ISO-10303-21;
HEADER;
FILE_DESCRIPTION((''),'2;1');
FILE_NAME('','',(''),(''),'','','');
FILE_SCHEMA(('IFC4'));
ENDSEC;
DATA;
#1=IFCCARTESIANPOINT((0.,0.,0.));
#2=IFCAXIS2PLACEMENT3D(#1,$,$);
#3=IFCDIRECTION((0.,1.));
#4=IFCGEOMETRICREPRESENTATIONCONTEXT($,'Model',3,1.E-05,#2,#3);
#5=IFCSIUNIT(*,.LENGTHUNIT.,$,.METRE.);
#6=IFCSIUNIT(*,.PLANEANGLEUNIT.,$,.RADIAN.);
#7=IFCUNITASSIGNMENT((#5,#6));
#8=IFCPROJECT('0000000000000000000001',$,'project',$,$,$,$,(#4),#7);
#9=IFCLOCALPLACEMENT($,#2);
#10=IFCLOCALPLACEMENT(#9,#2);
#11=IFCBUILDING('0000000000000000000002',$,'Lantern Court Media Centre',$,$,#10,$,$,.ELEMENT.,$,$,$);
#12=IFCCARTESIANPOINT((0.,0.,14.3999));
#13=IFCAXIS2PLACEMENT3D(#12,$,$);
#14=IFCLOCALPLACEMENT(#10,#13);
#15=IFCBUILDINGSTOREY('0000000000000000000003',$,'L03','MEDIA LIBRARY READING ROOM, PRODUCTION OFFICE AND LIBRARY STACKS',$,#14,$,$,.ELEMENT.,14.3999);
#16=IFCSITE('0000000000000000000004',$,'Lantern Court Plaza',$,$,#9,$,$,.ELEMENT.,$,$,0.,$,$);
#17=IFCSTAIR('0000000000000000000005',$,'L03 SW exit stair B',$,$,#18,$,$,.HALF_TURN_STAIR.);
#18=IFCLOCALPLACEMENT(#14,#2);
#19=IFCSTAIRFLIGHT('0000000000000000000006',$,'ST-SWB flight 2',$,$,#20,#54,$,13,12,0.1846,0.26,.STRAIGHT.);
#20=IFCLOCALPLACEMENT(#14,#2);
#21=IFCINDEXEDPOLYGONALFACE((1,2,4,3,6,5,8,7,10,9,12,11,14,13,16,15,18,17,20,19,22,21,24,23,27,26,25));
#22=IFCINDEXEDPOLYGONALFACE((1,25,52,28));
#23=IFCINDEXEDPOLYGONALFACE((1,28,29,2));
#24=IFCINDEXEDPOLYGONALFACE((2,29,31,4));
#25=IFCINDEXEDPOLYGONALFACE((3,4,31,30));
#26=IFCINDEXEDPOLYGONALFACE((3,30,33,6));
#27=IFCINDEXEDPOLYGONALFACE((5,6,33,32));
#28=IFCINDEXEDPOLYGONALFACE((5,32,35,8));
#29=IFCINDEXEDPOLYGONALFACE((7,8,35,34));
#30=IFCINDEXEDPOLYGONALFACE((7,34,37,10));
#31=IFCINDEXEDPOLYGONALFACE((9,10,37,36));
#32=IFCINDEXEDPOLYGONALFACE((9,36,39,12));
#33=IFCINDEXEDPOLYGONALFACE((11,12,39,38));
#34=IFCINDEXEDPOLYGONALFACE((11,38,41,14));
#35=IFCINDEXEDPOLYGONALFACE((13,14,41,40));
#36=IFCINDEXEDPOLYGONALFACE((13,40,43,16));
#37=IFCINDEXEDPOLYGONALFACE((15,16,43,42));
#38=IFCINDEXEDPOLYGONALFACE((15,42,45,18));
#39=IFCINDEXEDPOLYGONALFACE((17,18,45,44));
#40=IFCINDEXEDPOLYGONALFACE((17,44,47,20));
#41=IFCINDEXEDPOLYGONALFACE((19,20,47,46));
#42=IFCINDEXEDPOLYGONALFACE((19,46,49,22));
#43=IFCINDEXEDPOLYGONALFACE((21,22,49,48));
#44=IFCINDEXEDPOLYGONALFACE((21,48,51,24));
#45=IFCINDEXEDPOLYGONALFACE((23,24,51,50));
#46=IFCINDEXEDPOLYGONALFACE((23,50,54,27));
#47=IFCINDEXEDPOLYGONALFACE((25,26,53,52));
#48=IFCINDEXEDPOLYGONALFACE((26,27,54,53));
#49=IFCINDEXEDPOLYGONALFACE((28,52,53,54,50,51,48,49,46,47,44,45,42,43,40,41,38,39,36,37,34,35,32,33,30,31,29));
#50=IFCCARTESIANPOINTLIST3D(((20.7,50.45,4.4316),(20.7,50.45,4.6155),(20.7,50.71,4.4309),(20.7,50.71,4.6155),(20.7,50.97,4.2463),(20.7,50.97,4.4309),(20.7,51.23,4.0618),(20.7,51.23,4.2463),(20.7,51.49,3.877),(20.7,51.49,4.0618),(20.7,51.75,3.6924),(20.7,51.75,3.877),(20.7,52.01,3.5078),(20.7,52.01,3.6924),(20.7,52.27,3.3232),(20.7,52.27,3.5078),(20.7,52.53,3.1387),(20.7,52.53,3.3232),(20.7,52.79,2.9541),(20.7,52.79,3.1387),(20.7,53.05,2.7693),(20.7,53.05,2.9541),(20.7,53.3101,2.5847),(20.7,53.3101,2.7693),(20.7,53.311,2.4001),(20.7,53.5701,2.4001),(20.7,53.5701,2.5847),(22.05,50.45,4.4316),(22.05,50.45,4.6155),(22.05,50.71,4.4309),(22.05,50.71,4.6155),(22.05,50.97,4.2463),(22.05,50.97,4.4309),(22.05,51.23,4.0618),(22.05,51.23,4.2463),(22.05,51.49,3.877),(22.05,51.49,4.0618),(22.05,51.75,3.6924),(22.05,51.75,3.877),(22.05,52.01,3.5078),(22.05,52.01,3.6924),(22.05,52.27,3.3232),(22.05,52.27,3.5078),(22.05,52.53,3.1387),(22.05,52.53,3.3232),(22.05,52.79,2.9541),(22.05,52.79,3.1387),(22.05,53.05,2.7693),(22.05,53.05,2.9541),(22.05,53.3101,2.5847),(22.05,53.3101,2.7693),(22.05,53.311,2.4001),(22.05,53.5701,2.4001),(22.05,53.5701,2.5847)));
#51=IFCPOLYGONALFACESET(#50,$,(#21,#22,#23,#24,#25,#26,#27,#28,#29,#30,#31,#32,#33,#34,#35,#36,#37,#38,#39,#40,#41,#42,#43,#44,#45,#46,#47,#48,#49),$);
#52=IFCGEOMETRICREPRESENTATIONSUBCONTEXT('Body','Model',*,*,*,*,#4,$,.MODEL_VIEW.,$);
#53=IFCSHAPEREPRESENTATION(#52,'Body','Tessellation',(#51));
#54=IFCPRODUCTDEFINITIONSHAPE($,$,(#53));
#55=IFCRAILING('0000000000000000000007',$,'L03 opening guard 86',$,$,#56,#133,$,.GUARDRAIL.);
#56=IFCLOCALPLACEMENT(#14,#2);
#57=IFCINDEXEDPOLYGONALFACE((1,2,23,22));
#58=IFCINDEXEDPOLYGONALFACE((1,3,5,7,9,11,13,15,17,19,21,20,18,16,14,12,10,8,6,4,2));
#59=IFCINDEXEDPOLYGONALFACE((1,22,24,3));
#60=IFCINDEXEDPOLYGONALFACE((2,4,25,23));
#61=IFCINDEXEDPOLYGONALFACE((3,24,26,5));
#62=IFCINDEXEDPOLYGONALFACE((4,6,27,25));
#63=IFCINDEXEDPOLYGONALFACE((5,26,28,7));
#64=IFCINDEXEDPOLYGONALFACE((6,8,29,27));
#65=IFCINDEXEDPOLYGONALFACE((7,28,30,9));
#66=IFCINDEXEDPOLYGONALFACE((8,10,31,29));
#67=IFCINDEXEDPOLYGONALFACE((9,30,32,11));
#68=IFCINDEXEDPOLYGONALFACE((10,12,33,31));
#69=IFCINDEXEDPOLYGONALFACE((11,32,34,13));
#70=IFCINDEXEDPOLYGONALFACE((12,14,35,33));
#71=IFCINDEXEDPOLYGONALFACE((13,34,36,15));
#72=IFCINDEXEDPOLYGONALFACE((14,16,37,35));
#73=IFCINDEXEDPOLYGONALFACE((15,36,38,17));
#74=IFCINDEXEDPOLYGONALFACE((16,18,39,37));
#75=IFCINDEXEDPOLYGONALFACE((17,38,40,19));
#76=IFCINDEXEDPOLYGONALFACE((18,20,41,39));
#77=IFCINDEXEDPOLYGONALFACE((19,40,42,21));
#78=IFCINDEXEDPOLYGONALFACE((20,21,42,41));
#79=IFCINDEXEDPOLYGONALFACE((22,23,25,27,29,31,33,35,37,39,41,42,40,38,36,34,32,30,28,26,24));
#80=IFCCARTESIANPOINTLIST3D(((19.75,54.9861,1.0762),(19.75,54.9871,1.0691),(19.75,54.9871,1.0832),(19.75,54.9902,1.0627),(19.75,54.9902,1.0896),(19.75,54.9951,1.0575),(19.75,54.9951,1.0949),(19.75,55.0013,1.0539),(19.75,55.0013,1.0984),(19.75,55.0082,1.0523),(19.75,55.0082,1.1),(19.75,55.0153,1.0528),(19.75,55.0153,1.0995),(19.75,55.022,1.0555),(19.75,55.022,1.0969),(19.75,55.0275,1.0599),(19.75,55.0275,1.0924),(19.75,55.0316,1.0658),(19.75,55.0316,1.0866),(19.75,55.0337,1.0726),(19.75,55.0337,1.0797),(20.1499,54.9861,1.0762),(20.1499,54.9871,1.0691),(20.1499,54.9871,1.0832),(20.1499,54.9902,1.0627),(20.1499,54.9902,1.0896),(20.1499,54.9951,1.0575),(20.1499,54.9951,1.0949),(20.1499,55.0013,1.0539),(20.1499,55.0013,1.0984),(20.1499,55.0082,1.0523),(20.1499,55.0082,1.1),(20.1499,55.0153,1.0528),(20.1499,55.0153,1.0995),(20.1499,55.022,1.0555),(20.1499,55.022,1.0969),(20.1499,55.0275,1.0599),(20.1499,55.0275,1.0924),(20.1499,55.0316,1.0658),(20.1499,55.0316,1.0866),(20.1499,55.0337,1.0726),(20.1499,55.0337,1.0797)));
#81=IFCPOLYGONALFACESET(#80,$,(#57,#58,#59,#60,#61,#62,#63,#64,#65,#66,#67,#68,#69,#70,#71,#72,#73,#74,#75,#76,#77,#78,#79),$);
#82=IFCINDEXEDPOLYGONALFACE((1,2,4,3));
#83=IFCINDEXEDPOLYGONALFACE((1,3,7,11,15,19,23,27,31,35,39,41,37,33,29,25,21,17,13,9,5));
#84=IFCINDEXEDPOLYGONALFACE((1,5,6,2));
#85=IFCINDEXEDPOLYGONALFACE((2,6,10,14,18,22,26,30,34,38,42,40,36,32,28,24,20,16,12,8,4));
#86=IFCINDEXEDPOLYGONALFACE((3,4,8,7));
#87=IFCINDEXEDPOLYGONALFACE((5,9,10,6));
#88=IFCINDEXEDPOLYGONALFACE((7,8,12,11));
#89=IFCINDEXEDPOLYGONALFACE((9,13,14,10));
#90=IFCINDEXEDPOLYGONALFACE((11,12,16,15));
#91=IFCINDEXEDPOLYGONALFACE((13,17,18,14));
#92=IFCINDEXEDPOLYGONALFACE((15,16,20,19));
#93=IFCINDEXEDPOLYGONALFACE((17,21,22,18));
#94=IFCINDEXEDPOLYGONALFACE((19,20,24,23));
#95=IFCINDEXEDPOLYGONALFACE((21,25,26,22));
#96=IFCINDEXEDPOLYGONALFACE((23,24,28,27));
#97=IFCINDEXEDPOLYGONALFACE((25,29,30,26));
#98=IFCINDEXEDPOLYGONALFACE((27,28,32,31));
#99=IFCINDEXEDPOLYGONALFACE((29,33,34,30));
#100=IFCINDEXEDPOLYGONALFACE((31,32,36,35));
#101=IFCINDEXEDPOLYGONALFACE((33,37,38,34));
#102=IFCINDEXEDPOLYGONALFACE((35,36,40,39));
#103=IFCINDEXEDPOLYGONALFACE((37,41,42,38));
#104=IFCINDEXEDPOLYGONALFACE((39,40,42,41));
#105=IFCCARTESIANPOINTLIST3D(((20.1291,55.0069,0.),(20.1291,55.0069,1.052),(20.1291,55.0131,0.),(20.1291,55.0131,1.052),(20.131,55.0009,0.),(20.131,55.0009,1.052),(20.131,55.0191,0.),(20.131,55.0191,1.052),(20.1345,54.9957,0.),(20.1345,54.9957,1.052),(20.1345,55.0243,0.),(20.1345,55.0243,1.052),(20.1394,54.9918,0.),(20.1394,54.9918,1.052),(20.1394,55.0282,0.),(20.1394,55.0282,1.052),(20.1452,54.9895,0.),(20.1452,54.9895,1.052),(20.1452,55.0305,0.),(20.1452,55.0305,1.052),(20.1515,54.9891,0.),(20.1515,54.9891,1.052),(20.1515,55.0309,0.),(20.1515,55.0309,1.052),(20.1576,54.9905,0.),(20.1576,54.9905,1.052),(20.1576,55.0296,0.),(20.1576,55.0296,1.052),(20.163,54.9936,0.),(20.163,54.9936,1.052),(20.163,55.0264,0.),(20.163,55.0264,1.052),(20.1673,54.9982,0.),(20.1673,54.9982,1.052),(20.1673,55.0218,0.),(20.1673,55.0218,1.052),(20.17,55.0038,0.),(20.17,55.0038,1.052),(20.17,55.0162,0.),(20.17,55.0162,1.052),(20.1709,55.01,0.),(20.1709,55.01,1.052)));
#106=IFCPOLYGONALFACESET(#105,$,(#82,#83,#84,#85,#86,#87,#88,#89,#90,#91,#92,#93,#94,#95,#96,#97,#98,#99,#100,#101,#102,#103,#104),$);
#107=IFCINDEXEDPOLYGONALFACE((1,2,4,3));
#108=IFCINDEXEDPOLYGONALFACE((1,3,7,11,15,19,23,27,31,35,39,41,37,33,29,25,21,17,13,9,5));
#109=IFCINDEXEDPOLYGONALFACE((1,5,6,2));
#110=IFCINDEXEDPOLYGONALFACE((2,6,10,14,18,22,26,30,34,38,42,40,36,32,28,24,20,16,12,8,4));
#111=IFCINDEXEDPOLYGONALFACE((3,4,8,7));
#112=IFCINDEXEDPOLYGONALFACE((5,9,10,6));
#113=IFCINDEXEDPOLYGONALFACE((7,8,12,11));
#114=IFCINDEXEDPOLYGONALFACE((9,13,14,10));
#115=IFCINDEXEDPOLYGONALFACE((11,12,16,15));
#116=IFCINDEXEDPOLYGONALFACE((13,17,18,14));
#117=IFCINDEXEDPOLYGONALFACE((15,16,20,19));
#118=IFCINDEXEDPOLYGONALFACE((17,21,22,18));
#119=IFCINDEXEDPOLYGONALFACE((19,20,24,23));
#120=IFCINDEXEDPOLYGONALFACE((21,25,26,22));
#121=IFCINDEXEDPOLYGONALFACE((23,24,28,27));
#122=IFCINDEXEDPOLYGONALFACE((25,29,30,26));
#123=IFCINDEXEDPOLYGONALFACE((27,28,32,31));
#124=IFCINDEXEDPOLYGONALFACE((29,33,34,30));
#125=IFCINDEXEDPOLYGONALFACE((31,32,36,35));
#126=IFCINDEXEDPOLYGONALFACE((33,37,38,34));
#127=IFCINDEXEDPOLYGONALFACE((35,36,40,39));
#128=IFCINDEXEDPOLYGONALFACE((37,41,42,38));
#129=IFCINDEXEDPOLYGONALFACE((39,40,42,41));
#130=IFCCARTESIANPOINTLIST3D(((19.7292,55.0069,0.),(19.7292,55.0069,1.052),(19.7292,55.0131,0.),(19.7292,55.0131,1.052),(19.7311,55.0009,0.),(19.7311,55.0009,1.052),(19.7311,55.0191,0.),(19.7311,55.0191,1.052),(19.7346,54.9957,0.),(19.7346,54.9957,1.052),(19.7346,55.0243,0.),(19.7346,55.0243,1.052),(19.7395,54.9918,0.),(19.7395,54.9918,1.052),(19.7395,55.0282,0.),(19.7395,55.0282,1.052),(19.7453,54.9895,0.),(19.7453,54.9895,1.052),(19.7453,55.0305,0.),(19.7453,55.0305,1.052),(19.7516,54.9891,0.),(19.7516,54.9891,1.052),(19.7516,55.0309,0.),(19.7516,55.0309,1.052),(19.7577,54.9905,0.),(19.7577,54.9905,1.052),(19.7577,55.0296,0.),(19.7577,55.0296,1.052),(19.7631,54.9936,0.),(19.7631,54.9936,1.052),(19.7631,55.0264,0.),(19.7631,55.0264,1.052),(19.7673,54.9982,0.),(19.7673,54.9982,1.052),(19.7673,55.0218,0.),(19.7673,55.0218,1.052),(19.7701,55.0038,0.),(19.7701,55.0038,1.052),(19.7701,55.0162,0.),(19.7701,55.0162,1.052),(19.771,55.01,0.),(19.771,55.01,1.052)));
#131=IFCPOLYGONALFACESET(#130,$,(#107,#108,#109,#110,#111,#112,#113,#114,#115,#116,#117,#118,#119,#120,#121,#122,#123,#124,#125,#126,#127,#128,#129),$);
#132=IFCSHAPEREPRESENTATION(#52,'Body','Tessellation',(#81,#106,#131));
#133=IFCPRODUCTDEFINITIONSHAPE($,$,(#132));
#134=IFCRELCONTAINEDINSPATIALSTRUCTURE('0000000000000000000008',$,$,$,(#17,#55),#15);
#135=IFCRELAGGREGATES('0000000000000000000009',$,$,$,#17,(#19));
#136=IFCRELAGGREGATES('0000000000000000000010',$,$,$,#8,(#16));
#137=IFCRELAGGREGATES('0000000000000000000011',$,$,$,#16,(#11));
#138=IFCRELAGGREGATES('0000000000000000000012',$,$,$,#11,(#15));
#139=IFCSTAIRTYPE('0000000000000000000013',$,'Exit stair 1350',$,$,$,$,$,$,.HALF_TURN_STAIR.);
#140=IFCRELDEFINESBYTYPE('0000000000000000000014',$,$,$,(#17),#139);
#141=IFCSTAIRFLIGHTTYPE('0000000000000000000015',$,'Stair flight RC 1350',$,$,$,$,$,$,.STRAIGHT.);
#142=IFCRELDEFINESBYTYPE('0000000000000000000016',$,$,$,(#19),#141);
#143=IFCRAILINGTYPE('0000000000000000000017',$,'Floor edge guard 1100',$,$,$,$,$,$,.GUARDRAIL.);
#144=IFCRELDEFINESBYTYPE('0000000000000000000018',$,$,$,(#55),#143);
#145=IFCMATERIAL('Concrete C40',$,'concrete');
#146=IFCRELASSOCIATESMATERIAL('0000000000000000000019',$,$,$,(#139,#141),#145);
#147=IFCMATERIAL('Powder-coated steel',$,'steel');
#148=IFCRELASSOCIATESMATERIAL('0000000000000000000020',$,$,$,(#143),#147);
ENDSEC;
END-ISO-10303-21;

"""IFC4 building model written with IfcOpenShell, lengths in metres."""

from ifc_helpers import new_model, si_unit, direction, frame, origin, origin_2d, place, context, subcontext, project, spatial, polyline, circle, outline, extrude, material, type_object, element, aggregate, save


model = new_model("IFC4")

# Units and contexts
model_context = context("Model", 3, precision=1e-05, world=origin(), true_north=direction((0.0, 1.0)))
body_context = subcontext(model_context, "Body", "Model", "MODEL_VIEW")
ifc_project = project(units=[si_unit("LENGTHUNIT", "METRE"), si_unit("PLANEANGLEUNIT", "RADIAN")], contexts=[model_context])

# Site, building, storey
site_placement = place(None, origin())
site = spatial("IfcSite", under=ifc_project, at=site_placement, Name="Lantern Court Plaza", CompositionType="ELEMENT", RefElevation=0.0)
building_placement = place(site_placement, origin())
building = spatial("IfcBuilding", under=site, at=building_placement, Name="Lantern Court Media Centre", CompositionType="ELEMENT")
storey_placement = place(building_placement, frame((0.0, 0.0, 14.3999)))
storey = spatial("IfcBuildingStorey", under=building, at=storey_placement, Name="L03", Description="MEDIA LIBRARY READING ROOM, PRODUCTION OFFICE AND LIBRARY STACKS", CompositionType="ELEMENT", Elevation=14.3999)

# Shared definitions
ifc_material_1 = material(Name="Concrete C40", Category="concrete")

# Stair, stair flight
stair_type = type_object("IfcStairType", Name="Exit stair 1350", PredefinedType="HALF_TURN_STAIR", material=ifc_material_1)
stair_placement = place(storey_placement, origin())
stair = element("IfcStair", 1, at=stair_placement, inside=storey, type_object=stair_type, Name="L03 SW exit stair B", PredefinedType="HALF_TURN_STAIR")
stair_flight_type = type_object("IfcStairFlightType", Name="Stair flight RC 1350", PredefinedType="STRAIGHT", material=ifc_material_1)
stair_flight_placement = place(storey_placement, frame((21.375, 53.5701, 2.4001), z_axis=(0.0, 0.0, 1.0), x_axis=(0.0, -1.0, 0.0)))
stair_flight = element("IfcStairFlight", 2, at=stair_flight_placement, type_object=stair_flight_type, Name="ST-SWB flight 2", NumberOfRisers=13, NumberOfTreads=12, PredefinedType="STRAIGHT", RiserHeight=0.1846, TreadLength=0.26, context=body_context, shape_type="SweptSolid", body=[
    extrude(outline(polyline([(0.0, 0.0), (0.0, 0.1846), (0.26, 0.1846), (0.26, 0.3691), (0.52, 0.3691), (0.52, 0.554), (0.78, 0.554), (0.78, 0.7385), (1.04, 0.7385), (1.04, 0.9231), (1.3, 0.9231), (1.3, 1.1077), (1.5601, 1.1077), (1.5601, 1.2922), (1.8201, 1.2922), (1.8201, 1.4768), (2.0801, 1.4768), (2.0801, 1.6616), (2.3401, 1.6616), (2.3401, 1.8462), (2.6001, 1.8462), (2.6001, 2.0308), (2.8601, 2.0308), (2.8601, 2.2153), (3.1201, 2.2153), (3.1201, 2.3999), (3.1201, 2.0315), (0.259, 0.0), (0.0, 0.0)])), frame((0.0, 0.675, 0.0), z_axis=(0.0, -1.0, 0.0), x_axis=(1.0, 0.0, 0.0)), (0.0, 0.0, 1.0), 1.3501),
])
aggregate(stair, [stair_flight])

# Railing
ifc_material_2 = material(Name="Powder-coated steel", Category="steel")
railing_type_1 = type_object("IfcRailingType", Name="Floor edge guard 1100", PredefinedType="GUARDRAIL", material=ifc_material_2)
railing_1_placement = place(storey_placement, frame((20.1499, 55.01, 0.0)))
element("IfcRailing", 3, at=railing_1_placement, inside=storey, type_object=railing_type_1, Name="L03 opening guard 86", PredefinedType="GUARDRAIL", context=body_context, shape_type="SweptSolid", body=[
    extrude(circle(Radius=0.0239, at=origin_2d()), frame((0.0, 0.0, 1.0762), z_axis=(-1.0, 0.0, 0.0), x_axis=(0.0, -1.0, 0.0)), (0.0, 0.0, 1.0), 0.3999),
    extrude(circle(Radius=0.021, at=origin_2d()), origin(), (0.0, 0.0, 1.0), 1.052),
    extrude(circle(Radius=0.021, at=origin_2d()), frame((-0.3999, 0.0, 0.0)), (0.0, 0.0, 1.0), 1.052),
])

save(model, "model.ifc")
